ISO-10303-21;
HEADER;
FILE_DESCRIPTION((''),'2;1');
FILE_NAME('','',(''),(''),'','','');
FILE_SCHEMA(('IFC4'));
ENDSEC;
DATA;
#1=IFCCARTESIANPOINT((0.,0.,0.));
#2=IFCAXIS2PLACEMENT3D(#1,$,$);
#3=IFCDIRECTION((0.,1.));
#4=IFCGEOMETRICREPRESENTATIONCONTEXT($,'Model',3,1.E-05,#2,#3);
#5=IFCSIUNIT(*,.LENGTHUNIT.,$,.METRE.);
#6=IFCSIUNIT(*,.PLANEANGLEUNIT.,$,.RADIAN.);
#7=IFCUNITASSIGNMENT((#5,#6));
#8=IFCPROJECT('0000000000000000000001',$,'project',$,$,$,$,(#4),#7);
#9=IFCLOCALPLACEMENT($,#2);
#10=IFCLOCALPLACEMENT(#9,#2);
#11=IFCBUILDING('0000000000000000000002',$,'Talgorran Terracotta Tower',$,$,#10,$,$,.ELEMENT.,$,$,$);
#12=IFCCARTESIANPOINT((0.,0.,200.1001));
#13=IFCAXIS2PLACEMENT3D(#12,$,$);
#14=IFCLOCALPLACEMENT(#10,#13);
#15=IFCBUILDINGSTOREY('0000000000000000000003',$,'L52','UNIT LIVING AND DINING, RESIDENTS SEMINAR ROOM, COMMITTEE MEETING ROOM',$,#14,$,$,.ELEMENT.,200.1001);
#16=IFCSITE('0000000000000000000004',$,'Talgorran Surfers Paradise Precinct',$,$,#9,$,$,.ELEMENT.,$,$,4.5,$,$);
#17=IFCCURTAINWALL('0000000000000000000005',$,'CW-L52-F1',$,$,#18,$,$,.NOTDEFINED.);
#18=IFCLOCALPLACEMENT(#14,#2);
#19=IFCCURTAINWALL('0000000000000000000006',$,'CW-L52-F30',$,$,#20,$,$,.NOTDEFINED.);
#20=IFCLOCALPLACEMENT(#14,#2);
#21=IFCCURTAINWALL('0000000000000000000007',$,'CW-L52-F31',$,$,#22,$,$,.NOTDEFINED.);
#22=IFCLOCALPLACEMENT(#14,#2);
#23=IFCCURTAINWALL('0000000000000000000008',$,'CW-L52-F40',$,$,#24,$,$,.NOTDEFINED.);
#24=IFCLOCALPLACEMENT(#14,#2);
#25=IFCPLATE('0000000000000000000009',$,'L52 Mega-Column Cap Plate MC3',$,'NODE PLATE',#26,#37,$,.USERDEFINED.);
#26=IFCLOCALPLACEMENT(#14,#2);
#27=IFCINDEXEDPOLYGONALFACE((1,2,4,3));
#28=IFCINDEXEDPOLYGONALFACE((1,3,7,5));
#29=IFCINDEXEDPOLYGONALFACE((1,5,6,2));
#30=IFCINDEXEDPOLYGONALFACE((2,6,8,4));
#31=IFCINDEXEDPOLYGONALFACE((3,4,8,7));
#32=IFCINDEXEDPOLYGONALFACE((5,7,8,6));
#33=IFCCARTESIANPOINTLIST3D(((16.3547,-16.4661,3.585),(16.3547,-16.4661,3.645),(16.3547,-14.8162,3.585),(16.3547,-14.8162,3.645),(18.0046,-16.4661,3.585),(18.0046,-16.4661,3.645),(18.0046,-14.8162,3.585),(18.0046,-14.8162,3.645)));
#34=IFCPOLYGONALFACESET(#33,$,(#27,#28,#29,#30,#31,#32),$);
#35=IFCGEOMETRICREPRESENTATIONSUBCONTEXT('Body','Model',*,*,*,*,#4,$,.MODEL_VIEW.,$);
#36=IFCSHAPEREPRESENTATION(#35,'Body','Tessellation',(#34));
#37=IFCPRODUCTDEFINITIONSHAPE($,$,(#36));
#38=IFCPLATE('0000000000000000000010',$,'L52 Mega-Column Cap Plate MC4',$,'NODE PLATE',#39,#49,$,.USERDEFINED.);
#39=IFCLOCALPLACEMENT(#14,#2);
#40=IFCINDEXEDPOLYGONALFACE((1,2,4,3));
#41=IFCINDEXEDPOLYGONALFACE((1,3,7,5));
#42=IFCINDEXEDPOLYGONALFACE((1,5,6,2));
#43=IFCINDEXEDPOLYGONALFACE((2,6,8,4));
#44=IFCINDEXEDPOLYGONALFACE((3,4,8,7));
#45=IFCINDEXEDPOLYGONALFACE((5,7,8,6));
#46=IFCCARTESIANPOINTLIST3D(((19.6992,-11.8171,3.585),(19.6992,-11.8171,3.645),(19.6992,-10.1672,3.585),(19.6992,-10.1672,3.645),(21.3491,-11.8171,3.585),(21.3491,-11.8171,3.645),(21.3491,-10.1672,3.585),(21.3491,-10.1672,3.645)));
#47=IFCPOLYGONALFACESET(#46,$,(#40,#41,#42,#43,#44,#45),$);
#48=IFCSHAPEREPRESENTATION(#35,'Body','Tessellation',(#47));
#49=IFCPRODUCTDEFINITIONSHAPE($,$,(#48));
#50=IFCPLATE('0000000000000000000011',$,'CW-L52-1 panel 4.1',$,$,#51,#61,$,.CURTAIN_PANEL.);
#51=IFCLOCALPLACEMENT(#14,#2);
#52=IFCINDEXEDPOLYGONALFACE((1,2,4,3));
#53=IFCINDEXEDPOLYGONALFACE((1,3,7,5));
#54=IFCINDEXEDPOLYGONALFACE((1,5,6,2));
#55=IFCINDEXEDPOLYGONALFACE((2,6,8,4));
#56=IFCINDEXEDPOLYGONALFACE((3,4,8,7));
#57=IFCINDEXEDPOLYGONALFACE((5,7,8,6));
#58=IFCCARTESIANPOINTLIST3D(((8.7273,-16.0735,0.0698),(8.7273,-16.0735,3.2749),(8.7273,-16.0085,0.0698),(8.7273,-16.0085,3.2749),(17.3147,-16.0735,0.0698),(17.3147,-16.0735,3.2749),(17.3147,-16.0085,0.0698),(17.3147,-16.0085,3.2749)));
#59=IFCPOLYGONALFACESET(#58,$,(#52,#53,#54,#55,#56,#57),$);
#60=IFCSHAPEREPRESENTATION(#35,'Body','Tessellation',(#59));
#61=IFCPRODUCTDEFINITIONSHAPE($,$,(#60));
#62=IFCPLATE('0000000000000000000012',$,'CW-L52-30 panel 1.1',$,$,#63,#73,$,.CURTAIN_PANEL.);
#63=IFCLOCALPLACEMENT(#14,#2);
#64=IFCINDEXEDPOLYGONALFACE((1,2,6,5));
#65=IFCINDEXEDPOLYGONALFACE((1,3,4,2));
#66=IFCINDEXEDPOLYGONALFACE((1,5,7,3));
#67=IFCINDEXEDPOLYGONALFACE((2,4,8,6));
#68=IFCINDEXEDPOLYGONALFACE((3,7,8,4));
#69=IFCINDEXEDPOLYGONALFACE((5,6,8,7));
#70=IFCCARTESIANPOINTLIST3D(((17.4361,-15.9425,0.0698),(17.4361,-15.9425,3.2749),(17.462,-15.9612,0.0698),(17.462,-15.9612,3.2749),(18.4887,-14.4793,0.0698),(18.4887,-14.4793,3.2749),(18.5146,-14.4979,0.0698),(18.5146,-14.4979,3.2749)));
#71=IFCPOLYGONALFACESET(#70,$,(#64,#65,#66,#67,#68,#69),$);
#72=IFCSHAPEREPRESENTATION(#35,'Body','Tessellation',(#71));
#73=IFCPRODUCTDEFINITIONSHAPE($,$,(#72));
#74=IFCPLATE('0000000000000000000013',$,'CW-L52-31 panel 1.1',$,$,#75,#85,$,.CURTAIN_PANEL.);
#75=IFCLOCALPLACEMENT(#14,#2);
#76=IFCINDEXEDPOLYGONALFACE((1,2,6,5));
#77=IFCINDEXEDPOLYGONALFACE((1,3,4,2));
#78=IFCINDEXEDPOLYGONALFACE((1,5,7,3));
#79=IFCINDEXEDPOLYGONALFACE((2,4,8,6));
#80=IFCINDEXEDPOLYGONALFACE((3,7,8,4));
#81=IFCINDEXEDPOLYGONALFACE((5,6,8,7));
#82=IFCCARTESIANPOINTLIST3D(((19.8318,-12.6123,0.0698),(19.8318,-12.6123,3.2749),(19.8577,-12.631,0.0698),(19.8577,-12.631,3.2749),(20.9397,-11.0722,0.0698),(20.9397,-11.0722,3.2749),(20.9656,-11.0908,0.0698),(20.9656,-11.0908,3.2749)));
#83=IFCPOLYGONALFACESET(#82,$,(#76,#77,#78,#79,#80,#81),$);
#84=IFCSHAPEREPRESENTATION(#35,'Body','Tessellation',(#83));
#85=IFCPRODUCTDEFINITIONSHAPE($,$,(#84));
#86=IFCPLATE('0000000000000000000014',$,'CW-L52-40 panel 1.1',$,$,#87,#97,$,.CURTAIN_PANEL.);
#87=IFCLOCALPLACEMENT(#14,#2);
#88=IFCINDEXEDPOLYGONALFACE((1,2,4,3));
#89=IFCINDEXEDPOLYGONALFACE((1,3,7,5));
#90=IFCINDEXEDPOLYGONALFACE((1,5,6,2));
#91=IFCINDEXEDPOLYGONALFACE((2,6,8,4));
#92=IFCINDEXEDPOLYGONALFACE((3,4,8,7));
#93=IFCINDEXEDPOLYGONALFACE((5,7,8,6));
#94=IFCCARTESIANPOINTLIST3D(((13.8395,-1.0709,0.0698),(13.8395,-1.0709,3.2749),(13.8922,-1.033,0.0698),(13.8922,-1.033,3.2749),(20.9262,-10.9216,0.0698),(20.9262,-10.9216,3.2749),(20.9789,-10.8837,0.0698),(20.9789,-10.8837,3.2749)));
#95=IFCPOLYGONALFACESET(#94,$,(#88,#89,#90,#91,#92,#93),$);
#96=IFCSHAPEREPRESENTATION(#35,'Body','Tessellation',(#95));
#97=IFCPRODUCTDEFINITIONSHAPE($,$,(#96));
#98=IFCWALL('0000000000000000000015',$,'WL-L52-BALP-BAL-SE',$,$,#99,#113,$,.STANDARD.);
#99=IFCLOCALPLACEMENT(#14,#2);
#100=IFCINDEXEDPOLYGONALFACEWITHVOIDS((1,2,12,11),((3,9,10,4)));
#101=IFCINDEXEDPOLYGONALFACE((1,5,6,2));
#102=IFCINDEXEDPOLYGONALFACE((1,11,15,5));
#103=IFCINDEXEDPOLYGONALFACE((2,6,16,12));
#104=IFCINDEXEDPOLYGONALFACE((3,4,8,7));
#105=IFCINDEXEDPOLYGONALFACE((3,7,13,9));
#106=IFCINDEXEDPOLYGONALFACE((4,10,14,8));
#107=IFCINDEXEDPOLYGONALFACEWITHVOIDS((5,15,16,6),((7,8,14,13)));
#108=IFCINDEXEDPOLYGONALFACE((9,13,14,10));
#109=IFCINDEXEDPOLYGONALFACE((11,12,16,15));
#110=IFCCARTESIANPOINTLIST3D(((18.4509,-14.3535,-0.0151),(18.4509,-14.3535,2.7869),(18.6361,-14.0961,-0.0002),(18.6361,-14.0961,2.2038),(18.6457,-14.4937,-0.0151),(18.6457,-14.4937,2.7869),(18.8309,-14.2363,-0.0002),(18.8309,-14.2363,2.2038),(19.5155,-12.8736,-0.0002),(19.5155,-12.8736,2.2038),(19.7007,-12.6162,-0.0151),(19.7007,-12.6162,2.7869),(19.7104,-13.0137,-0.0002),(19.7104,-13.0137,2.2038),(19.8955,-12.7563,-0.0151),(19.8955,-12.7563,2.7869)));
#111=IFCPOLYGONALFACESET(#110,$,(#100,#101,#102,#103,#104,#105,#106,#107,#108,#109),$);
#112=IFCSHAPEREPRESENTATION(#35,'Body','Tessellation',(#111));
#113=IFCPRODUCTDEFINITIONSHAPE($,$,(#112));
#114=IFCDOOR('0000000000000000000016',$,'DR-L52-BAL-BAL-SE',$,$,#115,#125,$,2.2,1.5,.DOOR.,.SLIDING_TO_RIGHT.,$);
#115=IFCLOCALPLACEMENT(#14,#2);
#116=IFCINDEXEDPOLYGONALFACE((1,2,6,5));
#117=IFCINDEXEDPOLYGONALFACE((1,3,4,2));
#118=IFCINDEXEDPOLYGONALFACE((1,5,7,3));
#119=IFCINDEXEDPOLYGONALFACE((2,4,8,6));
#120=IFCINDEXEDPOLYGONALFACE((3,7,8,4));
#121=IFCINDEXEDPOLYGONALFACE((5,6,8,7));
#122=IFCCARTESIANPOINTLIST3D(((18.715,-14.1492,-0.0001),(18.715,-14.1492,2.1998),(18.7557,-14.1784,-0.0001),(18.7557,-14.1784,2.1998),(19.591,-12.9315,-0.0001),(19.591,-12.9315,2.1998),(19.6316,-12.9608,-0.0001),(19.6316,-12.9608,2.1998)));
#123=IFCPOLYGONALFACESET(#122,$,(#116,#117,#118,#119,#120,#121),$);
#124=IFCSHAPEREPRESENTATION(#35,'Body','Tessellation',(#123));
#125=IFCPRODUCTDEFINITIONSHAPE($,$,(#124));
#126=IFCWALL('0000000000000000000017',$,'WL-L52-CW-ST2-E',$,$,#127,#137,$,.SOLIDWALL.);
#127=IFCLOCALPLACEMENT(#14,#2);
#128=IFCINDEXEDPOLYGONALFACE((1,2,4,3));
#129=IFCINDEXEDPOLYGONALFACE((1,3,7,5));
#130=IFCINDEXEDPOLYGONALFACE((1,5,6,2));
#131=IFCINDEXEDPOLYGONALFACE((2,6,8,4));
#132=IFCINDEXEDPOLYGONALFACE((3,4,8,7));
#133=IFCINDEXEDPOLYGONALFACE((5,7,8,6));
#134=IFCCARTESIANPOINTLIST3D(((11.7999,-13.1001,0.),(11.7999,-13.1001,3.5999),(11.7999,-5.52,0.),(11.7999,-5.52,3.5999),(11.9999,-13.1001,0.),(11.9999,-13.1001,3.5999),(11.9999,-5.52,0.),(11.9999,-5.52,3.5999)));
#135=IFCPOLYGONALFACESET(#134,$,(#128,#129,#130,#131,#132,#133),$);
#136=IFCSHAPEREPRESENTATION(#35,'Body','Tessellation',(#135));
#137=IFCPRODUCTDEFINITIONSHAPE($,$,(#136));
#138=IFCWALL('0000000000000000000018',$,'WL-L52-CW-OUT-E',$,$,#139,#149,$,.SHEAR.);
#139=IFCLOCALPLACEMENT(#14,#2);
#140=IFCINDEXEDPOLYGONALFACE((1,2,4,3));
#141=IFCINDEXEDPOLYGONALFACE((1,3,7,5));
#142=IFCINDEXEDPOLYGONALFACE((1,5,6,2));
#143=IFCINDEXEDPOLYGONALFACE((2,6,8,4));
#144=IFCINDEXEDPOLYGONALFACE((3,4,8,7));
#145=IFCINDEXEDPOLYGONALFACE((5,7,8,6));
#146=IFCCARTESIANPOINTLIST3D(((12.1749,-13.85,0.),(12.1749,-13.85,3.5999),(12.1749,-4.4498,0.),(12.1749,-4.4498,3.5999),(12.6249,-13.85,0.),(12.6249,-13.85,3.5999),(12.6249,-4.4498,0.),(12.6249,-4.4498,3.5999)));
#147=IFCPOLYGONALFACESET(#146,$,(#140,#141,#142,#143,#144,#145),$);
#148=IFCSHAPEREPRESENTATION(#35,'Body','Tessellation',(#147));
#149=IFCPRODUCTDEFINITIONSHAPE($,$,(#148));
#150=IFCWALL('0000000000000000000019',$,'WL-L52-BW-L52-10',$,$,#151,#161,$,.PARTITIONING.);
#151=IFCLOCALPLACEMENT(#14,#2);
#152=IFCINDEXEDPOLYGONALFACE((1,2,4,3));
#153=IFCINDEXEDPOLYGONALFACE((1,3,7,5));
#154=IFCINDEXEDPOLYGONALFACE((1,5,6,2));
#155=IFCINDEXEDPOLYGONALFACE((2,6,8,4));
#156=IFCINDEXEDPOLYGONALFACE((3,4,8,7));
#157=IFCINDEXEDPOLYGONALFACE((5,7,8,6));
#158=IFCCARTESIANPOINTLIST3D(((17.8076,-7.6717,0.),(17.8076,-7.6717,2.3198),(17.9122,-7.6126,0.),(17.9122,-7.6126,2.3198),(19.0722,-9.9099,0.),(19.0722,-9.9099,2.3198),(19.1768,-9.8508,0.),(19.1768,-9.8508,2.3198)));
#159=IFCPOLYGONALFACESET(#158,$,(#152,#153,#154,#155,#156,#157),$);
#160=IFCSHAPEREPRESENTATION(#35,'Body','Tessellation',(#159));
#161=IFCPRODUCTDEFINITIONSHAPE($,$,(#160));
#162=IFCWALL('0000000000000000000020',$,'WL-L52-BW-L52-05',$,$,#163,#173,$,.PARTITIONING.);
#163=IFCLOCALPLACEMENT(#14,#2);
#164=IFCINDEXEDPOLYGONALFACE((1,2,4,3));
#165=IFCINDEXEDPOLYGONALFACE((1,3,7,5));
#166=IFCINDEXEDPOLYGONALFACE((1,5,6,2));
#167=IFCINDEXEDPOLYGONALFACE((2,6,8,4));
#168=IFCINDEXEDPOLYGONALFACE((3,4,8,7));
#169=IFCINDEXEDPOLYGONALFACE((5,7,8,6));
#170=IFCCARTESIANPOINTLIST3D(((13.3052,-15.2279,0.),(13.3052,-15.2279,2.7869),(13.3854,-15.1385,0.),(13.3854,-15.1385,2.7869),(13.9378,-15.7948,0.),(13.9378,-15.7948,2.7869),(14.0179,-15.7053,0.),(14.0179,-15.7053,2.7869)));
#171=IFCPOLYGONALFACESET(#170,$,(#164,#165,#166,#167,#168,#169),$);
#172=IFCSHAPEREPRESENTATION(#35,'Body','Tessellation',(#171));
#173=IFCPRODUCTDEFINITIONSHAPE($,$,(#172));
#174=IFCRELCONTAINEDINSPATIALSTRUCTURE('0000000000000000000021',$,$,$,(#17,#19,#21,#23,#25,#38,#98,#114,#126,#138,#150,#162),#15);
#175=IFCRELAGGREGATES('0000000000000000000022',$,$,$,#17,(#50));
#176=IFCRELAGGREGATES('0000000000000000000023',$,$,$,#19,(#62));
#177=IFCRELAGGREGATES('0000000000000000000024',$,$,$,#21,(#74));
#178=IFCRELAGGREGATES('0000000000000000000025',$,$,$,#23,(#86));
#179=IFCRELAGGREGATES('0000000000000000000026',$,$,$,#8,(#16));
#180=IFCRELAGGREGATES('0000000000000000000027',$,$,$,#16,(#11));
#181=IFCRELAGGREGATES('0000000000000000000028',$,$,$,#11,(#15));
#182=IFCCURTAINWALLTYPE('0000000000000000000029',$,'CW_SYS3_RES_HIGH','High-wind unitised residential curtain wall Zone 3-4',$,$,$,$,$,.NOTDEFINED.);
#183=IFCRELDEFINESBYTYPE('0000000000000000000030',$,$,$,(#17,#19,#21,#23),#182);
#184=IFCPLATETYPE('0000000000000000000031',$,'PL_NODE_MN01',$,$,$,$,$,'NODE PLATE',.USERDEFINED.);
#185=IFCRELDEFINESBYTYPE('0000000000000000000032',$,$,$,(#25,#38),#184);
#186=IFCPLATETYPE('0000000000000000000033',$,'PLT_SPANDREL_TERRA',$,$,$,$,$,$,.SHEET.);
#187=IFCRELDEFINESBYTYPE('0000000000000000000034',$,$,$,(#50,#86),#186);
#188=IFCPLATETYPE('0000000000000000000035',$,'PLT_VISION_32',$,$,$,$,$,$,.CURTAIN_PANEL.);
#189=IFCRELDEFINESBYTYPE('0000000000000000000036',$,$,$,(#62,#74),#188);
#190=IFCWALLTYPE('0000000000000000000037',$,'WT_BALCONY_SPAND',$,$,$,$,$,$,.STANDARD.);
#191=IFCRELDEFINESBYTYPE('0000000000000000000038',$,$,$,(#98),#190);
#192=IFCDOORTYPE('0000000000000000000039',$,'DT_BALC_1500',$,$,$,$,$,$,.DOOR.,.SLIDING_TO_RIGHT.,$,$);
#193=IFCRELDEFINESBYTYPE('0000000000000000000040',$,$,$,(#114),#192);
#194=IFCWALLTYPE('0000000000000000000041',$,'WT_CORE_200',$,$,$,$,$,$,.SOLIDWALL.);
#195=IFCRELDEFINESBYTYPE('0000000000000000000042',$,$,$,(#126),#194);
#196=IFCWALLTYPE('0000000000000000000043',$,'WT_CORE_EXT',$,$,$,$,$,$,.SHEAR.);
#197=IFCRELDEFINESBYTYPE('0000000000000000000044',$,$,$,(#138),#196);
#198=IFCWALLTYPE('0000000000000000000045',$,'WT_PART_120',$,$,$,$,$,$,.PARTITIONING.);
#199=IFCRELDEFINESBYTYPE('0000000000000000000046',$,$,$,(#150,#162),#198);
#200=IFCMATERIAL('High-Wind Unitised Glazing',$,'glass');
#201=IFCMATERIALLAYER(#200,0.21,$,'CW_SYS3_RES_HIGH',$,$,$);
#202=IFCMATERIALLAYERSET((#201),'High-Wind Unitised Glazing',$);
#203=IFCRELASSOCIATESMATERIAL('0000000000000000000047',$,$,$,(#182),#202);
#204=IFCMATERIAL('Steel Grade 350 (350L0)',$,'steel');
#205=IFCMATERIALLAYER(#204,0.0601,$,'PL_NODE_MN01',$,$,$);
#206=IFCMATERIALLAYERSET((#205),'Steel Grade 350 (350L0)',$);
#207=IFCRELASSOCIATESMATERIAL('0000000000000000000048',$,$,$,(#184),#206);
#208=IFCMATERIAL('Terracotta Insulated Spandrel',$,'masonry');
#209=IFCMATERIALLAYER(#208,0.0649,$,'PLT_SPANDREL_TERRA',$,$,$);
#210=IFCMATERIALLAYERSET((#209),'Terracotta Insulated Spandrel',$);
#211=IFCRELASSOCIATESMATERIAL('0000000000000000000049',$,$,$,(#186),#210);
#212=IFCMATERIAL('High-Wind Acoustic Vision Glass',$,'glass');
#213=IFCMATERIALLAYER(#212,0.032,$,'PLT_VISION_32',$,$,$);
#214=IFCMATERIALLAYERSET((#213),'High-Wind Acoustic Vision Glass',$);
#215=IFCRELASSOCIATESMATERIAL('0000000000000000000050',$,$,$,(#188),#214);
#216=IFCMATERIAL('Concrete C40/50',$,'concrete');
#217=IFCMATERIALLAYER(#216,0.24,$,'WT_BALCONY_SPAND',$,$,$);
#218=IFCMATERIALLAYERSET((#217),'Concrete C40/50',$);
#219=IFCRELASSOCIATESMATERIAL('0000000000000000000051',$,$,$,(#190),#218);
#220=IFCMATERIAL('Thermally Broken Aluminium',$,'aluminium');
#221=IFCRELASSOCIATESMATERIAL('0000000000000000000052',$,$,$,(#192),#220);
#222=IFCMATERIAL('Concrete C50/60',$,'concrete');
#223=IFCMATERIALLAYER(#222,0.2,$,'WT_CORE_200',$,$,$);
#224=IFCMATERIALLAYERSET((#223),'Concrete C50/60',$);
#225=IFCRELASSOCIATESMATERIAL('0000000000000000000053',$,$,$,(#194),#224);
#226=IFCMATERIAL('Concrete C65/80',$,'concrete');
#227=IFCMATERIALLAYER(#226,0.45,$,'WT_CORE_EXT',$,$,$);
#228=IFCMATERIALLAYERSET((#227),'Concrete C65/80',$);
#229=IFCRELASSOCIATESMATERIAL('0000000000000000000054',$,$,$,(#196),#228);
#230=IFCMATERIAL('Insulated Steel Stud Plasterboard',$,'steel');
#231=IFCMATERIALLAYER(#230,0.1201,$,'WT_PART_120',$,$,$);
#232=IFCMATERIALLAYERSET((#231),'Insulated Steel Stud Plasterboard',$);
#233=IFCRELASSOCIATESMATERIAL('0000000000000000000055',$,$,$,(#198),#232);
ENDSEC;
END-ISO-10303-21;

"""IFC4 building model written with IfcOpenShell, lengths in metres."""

from ifc_helpers import new_model, si_unit, direction, frame, frame_2d, origin, origin_2d, place, context, subcontext, project, spatial, rectangle, extrude, source, transform, mapped, material, layer, layer_set, type_object, type_shapes, element, fill, aggregate, save


model = new_model("IFC4")

# Units and contexts
model_context = context("Model", 3, precision=1e-05, world=origin(), true_north=direction((0.0, 1.0)))
body_context = subcontext(model_context, "Body", "Model", "MODEL_VIEW")
ifc_project = project(units=[si_unit("LENGTHUNIT", "METRE"), si_unit("PLANEANGLEUNIT", "RADIAN")], contexts=[model_context])

# Site, building, storey
site_placement = place(None, origin())
site = spatial("IfcSite", under=ifc_project, at=site_placement, Name="Talgorran Surfers Paradise Precinct", CompositionType="ELEMENT", RefElevation=4.5)
building_placement = place(site_placement, origin())
building = spatial("IfcBuilding", under=site, at=building_placement, Name="Talgorran Terracotta Tower", CompositionType="ELEMENT")
storey_placement = place(building_placement, frame((0.0, 0.0, 200.1001)))
storey = spatial("IfcBuildingStorey", under=building, at=storey_placement, Name="L52", Description="UNIT LIVING AND DINING, RESIDENTS SEMINAR ROOM, COMMITTEE MEETING ROOM", CompositionType="ELEMENT", Elevation=200.1001)

# Shared definitions
ifc_material_1 = material(Name="Steel Grade 350 (350L0)", Category="steel")

# Curtain wall
ifc_material_2 = material(Name="High-Wind Unitised Glazing", Category="glass")
ifc_layer_1 = layer(ifc_material_2, 0.21, Name="CW_SYS3_RES_HIGH")
ifc_layer_set_1 = layer_set([ifc_layer_1], Name="High-Wind Unitised Glazing")
curtain_wall_type = type_object("IfcCurtainWallType", Name="CW_SYS3_RES_HIGH", Description="High-wind unitised residential curtain wall Zone 3-4", PredefinedType="NOTDEFINED", material=ifc_layer_set_1)
curtain_wall_1_placement = place(storey_placement, origin())
curtain_wall_1 = element("IfcCurtainWall", 1, at=curtain_wall_1_placement, inside=storey, type_object=curtain_wall_type, Name="CW-L52-F1", PredefinedType="NOTDEFINED")

# Curtain walls
curtain_wall_2_placement = place(storey_placement, origin())
curtain_wall_2 = element("IfcCurtainWall", 2, at=curtain_wall_2_placement, inside=storey, type_object=curtain_wall_type, Name="CW-L52-F30", PredefinedType="NOTDEFINED")
curtain_wall_3_placement = place(storey_placement, origin())
curtain_wall_3 = element("IfcCurtainWall", 3, at=curtain_wall_3_placement, inside=storey, type_object=curtain_wall_type, Name="CW-L52-F31", PredefinedType="NOTDEFINED")

# Curtain wall
curtain_wall_4_placement = place(storey_placement, origin())
curtain_wall_4 = element("IfcCurtainWall", 4, at=curtain_wall_4_placement, inside=storey, type_object=curtain_wall_type, Name="CW-L52-F40", PredefinedType="NOTDEFINED")

# Plates
ifc_layer_2 = layer(ifc_material_1, 0.0601, Name="PL_NODE_MN01")
ifc_layer_set_2 = layer_set([ifc_layer_2], Name="Steel Grade 350 (350L0)")
plate_type_1 = type_object("IfcPlateType", Name="PL_NODE_MN01", ElementType="NODE PLATE", PredefinedType="USERDEFINED", material=ifc_layer_set_2)
for number, where, z_axis, x_axis, name in (
    (5, (17.1797, -15.6411, 3.585), (0.0, 0.0, 1.0), (1.0, 0.0, 0.0), "L52 Mega-Column Cap Plate MC3"),
    (6, (20.5242, -10.9922, 3.585), (0.0, 0.0, 1.0), (1.0, 0.0, 0.0), "L52 Mega-Column Cap Plate MC4"),
):
    element("IfcPlate", number, at=place(storey_placement, frame(where, z_axis=z_axis, x_axis=x_axis)), inside=storey, type_object=plate_type_1, Name=name, ObjectType="NODE PLATE", PredefinedType="USERDEFINED", context=body_context, shape_type="SweptSolid", body=[
        extrude(rectangle(XDim=1.6499, YDim=1.6499, at=origin_2d()), origin(), (0.0, 0.0, 1.0), 0.0601),
    ])

# Plates
ifc_material_3 = material(Name="Terracotta Insulated Spandrel", Category="masonry")
ifc_layer_3 = layer(ifc_material_3, 0.0649, Name="PLT_SPANDREL_TERRA")
ifc_layer_set_3 = layer_set([ifc_layer_3], Name="Terracotta Insulated Spandrel")
plate_type_2 = type_object("IfcPlateType", Name="PLT_SPANDREL_TERRA", PredefinedType="SHEET", material=ifc_layer_set_3)
shared_shape_1 = source(origin(), body_context, "Body", "SweptSolid", [
    extrude(rectangle(XDim=8.5874, YDim=0.0649, at=origin_2d()), origin(), (0.0, 0.0, 1.0), 3.2051),
])
plate_1_placement = place(storey_placement, frame((13.021, -16.041, 0.0698), z_axis=(0.0, 0.0, 1.0), x_axis=(1.0, 0.0, 0.0)))
plate_1 = element("IfcPlate", 7, at=plate_1_placement, type_object=plate_type_2, Name="CW-L52-1 panel 4.1", PredefinedType="CURTAIN_PANEL", context=body_context, shape_type="MappedRepresentation", body=[
    mapped(shared_shape_1, transform((0.0, 0.0, 0.0), scale=1.0)),
])
aggregate(curtain_wall_1, [plate_1])
ifc_material_4 = material(Name="High-Wind Acoustic Vision Glass", Category="glass")
ifc_layer_4 = layer(ifc_material_4, 0.032, Name="PLT_VISION_32")
ifc_layer_set_4 = layer_set([ifc_layer_4], Name="High-Wind Acoustic Vision Glass")
plate_type_3 = type_object("IfcPlateType", Name="PLT_VISION_32", PredefinedType="CURTAIN_PANEL", material=ifc_layer_set_4)
shared_shape_2 = source(origin(), body_context, "Body", "SweptSolid", [
    extrude(rectangle(XDim=1.8025, YDim=0.032, at=origin_2d()), origin(), (0.0, 0.0, 1.0), 3.2051),
])
plate_2_placement = place(storey_placement, frame((17.9753, -15.2202, 0.0698), z_axis=(0.0, 0.0, 1.0), x_axis=(0.583976, 0.811771, 0.0)))
plate_2 = element("IfcPlate", 8, at=plate_2_placement, type_object=plate_type_3, Name="CW-L52-30 panel 1.1", PredefinedType="CURTAIN_PANEL", context=body_context, shape_type="MappedRepresentation", body=[
    mapped(shared_shape_2, transform((0.0, 0.0, 0.0), scale=1.0)),
])
aggregate(curtain_wall_2, [plate_2])
shared_shape_3 = source(origin(), body_context, "Body", "SweptSolid", [
    extrude(rectangle(XDim=1.8972, YDim=0.032, at=origin_2d()), origin(), (0.0, 0.0, 1.0), 3.2051),
])
type_shapes(plate_type_3, [shared_shape_2, shared_shape_3])
plate_3_placement = place(storey_placement, frame((20.3987, -11.8516, 0.0698), z_axis=(0.0, 0.0, 1.0), x_axis=(0.583961, 0.811782, 0.0)))
plate_3 = element("IfcPlate", 9, at=plate_3_placement, type_object=plate_type_3, Name="CW-L52-31 panel 1.1", PredefinedType="CURTAIN_PANEL", context=body_context, shape_type="MappedRepresentation", body=[
    mapped(shared_shape_3, transform((0.0, 0.0, 0.0), scale=1.0)),
])
aggregate(curtain_wall_3, [plate_3])
shared_shape_4 = source(origin(), body_context, "Body", "SweptSolid", [
    extrude(rectangle(XDim=12.135, YDim=0.0649, at=origin_2d()), origin(), (0.0, 0.0, 1.0), 3.2051),
])
type_shapes(plate_type_2, [shared_shape_1, shared_shape_4])
plate_4_placement = place(storey_placement, frame((17.4092, -5.9773, 0.0698), z_axis=(0.0, 0.0, 1.0), x_axis=(-0.583986, 0.811764, 0.0)))
plate_4 = element("IfcPlate", 10, at=plate_4_placement, type_object=plate_type_2, Name="CW-L52-40 panel 1.1", PredefinedType="CURTAIN_PANEL", context=body_context, shape_type="MappedRepresentation", body=[
    mapped(shared_shape_4, transform((0.0, 0.0, 0.0), scale=1.0)),
])
aggregate(curtain_wall_4, [plate_4])

# Wall, opening, door
ifc_material_5 = material(Name="Concrete C40/50", Category="concrete")
ifc_layer_5 = layer(ifc_material_5, 0.24, Name="WT_BALCONY_SPAND")
ifc_layer_set_5 = layer_set([ifc_layer_5], Name="Concrete C40/50")
wall_type_1 = type_object("IfcWallType", Name="WT_BALCONY_SPAND", PredefinedType="STANDARD", material=ifc_layer_set_5)
wall_1_placement = place(storey_placement, frame((18.5483, -14.4236, -0.0151), z_axis=(0.0, 0.0, 1.0), x_axis=(0.583965, 0.811779, 0.0)))
wall_1 = element("IfcWall", 11, at=wall_1_placement, inside=storey, type_object=wall_type_1, Name="WL-L52-BALP-BAL-SE", PredefinedType="STANDARD", context=body_context, shape_type="SweptSolid", body=[
    extrude(rectangle(XDim=2.1401, YDim=0.24, at=frame_2d((1.0701, 0.0))), origin(), (0.0, 0.0, 1.0), 2.802),
])
opening_placement = place(wall_1_placement, frame((0.3201, 0.0, 0.0149)))
opening = element("IfcOpeningElement", 12, at=opening_placement, cuts=wall_1, PredefinedType="OPENING", context=body_context, shape_type="SweptSolid", body=[
    extrude(rectangle(XDim=1.506, YDim=2.204, at=frame_2d((0.75, 1.1021))), frame((0.0, 0.1299, 0.0), z_axis=(0.0, -1.0, 0.0), x_axis=(1.0, 0.0, 0.0)), (0.0, 0.0, 1.0), 0.26),
])
ifc_material_6 = material(Name="Thermally Broken Aluminium", Category="aluminium")
door_type = type_object("IfcDoorType", Name="DT_BALC_1500", OperationType="SLIDING_TO_RIGHT", PredefinedType="DOOR", material=ifc_material_6)
door_placement = place(opening_placement, origin())
door = element("IfcDoor", 13, at=door_placement, inside=storey, type_object=door_type, Name="DR-L52-BAL-BAL-SE", OperationType="SLIDING_TO_RIGHT", OverallHeight=2.2, OverallWidth=1.5, PredefinedType="DOOR", context=body_context, shape_type="SweptSolid", body=[
    extrude(rectangle(XDim=1.5, YDim=2.2, at=frame_2d((0.75, 1.1001))), frame((0.0, 0.0249, 0.0), z_axis=(0.0, -1.0, 0.0), x_axis=(1.0, 0.0, 0.0)), (0.0, 0.0, 1.0), 0.05),
])
fill(opening, door)

# Walls
ifc_material_7 = material(Name="Concrete C50/60", Category="concrete")
ifc_layer_6 = layer(ifc_material_7, 0.2, Name="WT_CORE_200")
ifc_layer_set_6 = layer_set([ifc_layer_6], Name="Concrete C50/60")
wall_type_2 = type_object("IfcWallType", Name="WT_CORE_200", PredefinedType="SOLIDWALL", material=ifc_layer_set_6)
wall_2_placement = place(storey_placement, frame((11.8999, -13.1001, 0.0), z_axis=(0.0, 0.0, 1.0), x_axis=(0.0, 1.0, 0.0)))
element("IfcWall", 14, at=wall_2_placement, inside=storey, type_object=wall_type_2, Name="WL-L52-CW-ST2-E", PredefinedType="SOLIDWALL", context=body_context, shape_type="SweptSolid", body=[
    extrude(rectangle(XDim=7.5801, YDim=0.2, at=frame_2d((3.79, 0.0))), origin(), (0.0, 0.0, 1.0), 3.5999),
])
ifc_material_8 = material(Name="Concrete C65/80", Category="concrete")
ifc_layer_7 = layer(ifc_material_8, 0.45, Name="WT_CORE_EXT")
ifc_layer_set_7 = layer_set([ifc_layer_7], Name="Concrete C65/80")
wall_type_3 = type_object("IfcWallType", Name="WT_CORE_EXT", PredefinedType="SHEAR", material=ifc_layer_set_7)
wall_3_placement = place(storey_placement, frame((12.3999, -13.8501, 0.0), z_axis=(0.0, 0.0, 1.0), x_axis=(0.0, 1.0, 0.0)))
element("IfcWall", 15, at=wall_3_placement, inside=storey, type_object=wall_type_3, Name="WL-L52-CW-OUT-E", PredefinedType="SHEAR", context=body_context, shape_type="SweptSolid", body=[
    extrude(rectangle(XDim=9.4001, YDim=0.45, at=frame_2d((4.7002, 0.0))), origin(), (0.0, 0.0, 1.0), 3.5999),
])
ifc_material_9 = material(Name="Insulated Steel Stud Plasterboard", Category="steel")
ifc_layer_8 = layer(ifc_material_9, 0.1201, Name="WT_PART_120")
ifc_layer_set_8 = layer_set([ifc_layer_8], Name="Insulated Steel Stud Plasterboard")
wall_type_4 = type_object("IfcWallType", Name="WT_PART_120", PredefinedType="PARTITIONING", material=ifc_layer_set_8)
wall_4_placement = place(storey_placement, frame((19.1245, -9.8804, 0.0), z_axis=(0.0, 0.0, 1.0), x_axis=(-0.49192, 0.870641, 0.0)))
element("IfcWall", 16, at=wall_4_placement, inside=storey, type_object=wall_type_4, Name="WL-L52-BW-L52-10", PredefinedType="PARTITIONING", context=body_context, shape_type="SweptSolid", body=[
    extrude(rectangle(XDim=2.5708, YDim=0.1201, at=frame_2d((1.2854, 0.0))), origin(), (0.0, 0.0, 1.0), 2.3198),
])
wall_5_placement = place(storey_placement, frame((13.3452, -15.1831, 0.0), z_axis=(0.0, 0.0, 1.0), x_axis=(0.744707, -0.667391, 0.0)))
element("IfcWall", 17, at=wall_5_placement, inside=storey, type_object=wall_type_4, Name="WL-L52-BW-L52-05", PredefinedType="PARTITIONING", context=body_context, shape_type="SweptSolid", body=[
    extrude(rectangle(XDim=0.8494, YDim=0.1201, at=frame_2d((0.4248, 0.0))), origin(), (0.0, 0.0, 1.0), 2.7869),
])

save(model, "model.ifc")
